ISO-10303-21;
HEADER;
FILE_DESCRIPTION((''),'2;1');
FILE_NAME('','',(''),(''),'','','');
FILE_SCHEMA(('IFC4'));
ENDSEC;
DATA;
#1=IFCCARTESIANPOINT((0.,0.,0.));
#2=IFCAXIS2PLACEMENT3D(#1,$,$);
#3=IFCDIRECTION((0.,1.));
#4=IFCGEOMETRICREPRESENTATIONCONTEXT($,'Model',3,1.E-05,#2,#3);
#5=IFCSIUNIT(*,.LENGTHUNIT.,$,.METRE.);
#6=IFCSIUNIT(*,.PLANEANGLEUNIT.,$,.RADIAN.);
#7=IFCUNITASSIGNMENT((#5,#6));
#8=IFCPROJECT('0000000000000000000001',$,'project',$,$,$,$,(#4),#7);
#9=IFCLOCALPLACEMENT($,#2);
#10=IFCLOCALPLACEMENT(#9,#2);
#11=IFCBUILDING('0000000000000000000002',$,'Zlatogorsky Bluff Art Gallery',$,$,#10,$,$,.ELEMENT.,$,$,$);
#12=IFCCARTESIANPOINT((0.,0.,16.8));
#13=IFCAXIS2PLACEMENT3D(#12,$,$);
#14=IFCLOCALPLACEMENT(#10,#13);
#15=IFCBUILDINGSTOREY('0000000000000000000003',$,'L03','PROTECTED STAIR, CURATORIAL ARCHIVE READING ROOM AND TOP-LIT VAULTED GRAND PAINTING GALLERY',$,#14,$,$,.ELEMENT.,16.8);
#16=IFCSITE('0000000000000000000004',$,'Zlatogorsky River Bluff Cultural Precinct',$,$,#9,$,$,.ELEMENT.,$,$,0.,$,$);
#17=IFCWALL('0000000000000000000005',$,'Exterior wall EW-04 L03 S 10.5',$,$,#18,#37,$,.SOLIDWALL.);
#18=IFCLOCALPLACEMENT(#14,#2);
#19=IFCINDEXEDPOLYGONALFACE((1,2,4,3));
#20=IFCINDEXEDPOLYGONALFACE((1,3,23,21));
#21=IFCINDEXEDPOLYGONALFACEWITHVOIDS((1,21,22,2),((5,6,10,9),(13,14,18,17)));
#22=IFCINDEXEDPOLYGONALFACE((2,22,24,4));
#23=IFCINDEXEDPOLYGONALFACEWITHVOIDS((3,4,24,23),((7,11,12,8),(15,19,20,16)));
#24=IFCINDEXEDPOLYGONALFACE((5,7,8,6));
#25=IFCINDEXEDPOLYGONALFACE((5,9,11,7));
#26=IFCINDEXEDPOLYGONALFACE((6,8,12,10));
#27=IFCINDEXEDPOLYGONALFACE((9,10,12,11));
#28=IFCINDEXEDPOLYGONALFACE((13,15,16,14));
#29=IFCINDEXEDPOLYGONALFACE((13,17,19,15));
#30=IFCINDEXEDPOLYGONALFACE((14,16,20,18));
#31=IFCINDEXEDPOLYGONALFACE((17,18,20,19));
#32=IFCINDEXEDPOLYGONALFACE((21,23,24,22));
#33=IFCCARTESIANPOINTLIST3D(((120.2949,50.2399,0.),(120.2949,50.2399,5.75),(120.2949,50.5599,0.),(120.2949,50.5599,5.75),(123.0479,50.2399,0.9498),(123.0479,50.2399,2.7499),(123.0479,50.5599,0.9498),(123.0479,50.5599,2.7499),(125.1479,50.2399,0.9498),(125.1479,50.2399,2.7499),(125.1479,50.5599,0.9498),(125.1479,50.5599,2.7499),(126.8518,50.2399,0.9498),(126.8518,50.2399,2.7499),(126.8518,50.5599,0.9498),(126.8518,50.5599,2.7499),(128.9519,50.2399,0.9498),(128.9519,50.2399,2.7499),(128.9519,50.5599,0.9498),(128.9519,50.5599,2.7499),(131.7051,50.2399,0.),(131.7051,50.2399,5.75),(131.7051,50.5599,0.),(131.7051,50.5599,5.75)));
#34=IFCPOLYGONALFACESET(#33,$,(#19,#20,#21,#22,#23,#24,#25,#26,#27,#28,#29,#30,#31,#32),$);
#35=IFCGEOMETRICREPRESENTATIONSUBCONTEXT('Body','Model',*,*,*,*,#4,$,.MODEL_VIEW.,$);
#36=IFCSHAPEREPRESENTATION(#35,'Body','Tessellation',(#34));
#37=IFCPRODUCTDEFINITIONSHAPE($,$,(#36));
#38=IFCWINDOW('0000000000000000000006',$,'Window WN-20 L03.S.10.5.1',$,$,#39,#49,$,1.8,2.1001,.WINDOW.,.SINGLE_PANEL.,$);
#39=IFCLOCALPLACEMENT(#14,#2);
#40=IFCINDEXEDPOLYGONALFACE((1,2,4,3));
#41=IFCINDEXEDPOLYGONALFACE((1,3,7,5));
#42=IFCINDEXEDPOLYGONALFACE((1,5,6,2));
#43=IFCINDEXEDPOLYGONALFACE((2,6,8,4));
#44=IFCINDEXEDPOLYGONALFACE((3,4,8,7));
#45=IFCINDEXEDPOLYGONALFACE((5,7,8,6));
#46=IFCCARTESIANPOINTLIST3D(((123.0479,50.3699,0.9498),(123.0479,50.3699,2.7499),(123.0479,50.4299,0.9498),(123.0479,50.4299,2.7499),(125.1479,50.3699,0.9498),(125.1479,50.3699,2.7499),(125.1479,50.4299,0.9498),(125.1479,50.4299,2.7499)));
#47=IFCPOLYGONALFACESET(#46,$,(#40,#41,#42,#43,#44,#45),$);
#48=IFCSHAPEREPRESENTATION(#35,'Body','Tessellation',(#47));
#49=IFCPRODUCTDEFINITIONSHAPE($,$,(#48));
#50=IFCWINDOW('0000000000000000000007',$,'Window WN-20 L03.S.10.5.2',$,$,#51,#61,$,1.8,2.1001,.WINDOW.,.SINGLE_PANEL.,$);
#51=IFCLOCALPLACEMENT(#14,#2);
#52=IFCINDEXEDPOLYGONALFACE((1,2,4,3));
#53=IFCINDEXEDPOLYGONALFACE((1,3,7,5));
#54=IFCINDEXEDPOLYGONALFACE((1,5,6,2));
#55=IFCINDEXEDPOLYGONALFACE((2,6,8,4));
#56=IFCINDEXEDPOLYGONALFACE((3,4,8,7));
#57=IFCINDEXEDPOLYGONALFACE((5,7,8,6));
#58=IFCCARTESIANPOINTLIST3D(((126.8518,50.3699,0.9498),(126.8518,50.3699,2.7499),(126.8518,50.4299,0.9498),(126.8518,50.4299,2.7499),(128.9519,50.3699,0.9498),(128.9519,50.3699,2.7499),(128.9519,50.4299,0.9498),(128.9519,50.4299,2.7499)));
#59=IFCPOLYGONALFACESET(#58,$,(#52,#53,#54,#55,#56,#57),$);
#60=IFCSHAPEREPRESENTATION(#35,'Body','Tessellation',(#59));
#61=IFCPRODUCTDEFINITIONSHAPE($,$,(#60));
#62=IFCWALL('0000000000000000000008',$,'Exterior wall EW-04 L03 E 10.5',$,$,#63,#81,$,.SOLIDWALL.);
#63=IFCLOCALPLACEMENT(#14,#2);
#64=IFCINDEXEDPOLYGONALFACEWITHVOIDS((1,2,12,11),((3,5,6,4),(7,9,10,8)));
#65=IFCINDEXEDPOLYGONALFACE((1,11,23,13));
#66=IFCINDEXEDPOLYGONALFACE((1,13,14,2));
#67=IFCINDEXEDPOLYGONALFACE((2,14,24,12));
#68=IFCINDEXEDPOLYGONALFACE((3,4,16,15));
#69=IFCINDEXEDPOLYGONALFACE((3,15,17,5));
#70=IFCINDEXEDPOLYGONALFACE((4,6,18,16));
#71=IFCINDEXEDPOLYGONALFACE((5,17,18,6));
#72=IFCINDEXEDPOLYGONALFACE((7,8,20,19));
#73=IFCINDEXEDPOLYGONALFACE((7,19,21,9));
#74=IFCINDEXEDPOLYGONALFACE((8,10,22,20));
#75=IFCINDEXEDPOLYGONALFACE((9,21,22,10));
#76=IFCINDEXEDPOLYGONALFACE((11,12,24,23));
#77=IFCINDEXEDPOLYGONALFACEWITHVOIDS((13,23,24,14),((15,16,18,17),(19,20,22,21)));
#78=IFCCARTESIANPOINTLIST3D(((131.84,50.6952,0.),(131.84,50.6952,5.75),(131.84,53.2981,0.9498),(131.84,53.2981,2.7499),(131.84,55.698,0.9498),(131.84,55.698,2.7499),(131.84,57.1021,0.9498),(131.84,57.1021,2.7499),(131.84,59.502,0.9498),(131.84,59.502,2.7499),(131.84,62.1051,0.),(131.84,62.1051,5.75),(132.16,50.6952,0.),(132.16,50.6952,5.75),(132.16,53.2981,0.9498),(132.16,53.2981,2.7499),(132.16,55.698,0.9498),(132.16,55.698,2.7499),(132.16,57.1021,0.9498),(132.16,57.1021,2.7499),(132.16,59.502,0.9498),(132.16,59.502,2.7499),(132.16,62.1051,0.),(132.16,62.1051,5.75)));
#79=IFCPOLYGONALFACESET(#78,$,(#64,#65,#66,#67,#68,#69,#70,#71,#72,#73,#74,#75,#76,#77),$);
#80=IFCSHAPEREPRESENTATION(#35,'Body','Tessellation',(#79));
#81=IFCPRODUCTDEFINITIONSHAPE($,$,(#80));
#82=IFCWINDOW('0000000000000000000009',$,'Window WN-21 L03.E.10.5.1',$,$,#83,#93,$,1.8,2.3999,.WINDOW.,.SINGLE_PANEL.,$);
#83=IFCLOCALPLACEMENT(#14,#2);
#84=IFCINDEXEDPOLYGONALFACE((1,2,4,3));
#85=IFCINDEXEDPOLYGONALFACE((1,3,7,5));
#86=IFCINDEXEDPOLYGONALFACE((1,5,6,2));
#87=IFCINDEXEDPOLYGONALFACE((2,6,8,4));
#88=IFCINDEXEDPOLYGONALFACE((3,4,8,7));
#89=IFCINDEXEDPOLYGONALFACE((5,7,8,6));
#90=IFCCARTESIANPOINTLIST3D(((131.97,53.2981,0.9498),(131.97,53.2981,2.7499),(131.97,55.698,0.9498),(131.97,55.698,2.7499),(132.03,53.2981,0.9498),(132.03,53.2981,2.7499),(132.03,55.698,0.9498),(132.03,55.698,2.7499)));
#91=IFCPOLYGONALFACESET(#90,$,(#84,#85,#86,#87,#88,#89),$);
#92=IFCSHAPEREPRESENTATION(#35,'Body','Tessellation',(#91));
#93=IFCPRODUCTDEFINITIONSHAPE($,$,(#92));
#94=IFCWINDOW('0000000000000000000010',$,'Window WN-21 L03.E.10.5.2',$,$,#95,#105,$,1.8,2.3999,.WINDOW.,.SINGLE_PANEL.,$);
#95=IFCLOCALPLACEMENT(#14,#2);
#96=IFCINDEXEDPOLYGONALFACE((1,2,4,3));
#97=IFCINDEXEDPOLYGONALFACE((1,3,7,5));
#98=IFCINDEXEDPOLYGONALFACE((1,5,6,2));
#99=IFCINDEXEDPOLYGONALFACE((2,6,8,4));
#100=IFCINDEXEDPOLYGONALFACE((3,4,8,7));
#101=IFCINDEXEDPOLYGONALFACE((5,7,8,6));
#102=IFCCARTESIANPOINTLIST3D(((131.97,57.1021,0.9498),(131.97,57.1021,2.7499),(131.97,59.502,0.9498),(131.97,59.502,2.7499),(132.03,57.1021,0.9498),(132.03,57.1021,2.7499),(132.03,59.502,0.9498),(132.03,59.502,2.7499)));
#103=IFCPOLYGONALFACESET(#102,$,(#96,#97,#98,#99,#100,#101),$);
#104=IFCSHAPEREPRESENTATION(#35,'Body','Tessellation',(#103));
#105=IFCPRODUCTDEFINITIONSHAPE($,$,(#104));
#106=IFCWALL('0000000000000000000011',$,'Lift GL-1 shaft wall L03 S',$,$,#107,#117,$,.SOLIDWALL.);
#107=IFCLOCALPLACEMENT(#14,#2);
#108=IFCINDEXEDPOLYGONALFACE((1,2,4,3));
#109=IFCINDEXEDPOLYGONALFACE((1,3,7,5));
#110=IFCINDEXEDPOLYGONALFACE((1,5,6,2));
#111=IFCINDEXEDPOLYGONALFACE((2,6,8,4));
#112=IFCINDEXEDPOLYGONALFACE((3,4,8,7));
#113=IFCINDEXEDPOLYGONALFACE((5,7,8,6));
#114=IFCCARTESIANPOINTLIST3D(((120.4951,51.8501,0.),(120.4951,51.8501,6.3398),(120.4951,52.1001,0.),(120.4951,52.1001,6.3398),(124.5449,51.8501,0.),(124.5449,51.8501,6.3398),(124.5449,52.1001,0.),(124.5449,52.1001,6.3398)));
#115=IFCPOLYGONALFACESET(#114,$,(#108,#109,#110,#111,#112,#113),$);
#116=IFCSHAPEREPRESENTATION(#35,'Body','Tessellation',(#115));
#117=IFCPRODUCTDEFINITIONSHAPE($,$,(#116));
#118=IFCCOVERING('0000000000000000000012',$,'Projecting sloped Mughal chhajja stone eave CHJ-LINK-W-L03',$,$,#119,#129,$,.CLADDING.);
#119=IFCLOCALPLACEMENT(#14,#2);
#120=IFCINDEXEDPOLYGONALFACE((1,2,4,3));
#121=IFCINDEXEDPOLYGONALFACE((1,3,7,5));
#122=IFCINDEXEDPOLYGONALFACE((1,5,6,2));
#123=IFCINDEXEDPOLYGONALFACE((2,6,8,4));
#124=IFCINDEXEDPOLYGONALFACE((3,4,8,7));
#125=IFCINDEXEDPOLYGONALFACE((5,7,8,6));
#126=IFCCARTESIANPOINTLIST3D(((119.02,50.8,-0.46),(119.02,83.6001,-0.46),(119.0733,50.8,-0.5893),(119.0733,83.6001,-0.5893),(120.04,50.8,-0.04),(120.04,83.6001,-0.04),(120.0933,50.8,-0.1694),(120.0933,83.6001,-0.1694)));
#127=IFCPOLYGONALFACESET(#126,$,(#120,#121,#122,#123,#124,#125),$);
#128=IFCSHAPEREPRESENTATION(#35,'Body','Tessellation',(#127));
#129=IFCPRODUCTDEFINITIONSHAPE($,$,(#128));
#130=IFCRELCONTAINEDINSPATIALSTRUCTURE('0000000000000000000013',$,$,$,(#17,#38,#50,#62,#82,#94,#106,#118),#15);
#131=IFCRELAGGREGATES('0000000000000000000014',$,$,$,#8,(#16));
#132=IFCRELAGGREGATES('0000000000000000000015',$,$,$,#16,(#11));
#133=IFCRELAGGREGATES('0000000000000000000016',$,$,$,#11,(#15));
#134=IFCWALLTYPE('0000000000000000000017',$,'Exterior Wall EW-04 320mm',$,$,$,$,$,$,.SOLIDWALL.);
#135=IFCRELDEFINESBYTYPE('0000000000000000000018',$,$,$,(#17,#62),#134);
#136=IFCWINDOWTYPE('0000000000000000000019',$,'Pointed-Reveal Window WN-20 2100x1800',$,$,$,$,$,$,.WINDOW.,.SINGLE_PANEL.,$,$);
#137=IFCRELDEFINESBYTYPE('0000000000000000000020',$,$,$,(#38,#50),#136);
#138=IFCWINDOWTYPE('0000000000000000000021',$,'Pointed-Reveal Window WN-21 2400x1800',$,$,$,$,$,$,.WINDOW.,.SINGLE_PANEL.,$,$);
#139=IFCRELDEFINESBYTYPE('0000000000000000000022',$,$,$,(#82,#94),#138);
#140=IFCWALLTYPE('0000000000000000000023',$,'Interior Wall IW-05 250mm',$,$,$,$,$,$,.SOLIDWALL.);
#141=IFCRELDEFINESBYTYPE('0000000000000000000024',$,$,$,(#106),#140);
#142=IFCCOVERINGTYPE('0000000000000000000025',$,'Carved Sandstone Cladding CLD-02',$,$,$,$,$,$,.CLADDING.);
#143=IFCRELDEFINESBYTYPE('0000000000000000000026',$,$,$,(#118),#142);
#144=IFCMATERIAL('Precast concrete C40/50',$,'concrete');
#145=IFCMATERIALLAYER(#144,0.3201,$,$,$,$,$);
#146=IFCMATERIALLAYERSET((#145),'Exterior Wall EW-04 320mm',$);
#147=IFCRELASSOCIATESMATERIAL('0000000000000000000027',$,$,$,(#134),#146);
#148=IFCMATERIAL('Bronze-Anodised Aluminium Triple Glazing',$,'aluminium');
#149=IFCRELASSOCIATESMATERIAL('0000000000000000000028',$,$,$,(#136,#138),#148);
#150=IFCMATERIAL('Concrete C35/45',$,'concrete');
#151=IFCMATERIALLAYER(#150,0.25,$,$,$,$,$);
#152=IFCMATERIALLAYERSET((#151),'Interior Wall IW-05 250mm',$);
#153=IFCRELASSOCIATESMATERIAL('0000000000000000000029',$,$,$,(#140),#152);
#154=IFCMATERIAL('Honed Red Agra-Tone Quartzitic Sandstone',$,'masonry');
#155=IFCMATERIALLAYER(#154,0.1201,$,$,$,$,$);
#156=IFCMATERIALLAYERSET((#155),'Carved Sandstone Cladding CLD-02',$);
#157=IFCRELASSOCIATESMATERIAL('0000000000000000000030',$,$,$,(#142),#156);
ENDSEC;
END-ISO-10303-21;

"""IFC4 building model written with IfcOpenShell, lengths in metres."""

from ifc_helpers import new_model, si_unit, direction, frame, frame_2d, origin, place, context, subcontext, project, spatial, polyline, rectangle, outline, extrude, material, layer, layer_set, type_object, element, fill, save


model = new_model("IFC4")

# Units and contexts
model_context = context("Model", 3, precision=1e-05, world=origin(), true_north=direction((0.0, 1.0)))
body_context = subcontext(model_context, "Body", "Model", "MODEL_VIEW")
ifc_project = project(units=[si_unit("LENGTHUNIT", "METRE"), si_unit("PLANEANGLEUNIT", "RADIAN")], contexts=[model_context])

# Site, building, storey
site_placement = place(None, origin())
site = spatial("IfcSite", under=ifc_project, at=site_placement, Name="Zlatogorsky River Bluff Cultural Precinct", CompositionType="ELEMENT", RefElevation=0.0)
building_placement = place(site_placement, origin())
building = spatial("IfcBuilding", under=site, at=building_placement, Name="Zlatogorsky Bluff Art Gallery", CompositionType="ELEMENT")
storey_placement = place(building_placement, frame((0.0, 0.0, 16.8)))
storey = spatial("IfcBuildingStorey", under=building, at=storey_placement, Name="L03", Description="PROTECTED STAIR, CURATORIAL ARCHIVE READING ROOM AND TOP-LIT VAULTED GRAND PAINTING GALLERY", CompositionType="ELEMENT", Elevation=16.8)

# Shared definitions
ifc_material_1 = material(Name="Concrete C35/45", Category="concrete")

# Walls, openings, windows
ifc_material_2 = material(Name="Precast concrete C40/50", Category="concrete")
ifc_layer_1 = layer(ifc_material_2, 0.3201)
ifc_layer_set_1 = layer_set([ifc_layer_1], Name="Exterior Wall EW-04 320mm")
wall_type_1 = type_object("IfcWallType", Name="Exterior Wall EW-04 320mm", PredefinedType="SOLIDWALL", material=ifc_layer_set_1)
wall_1_placement = place(storey_placement, frame((120.2949, 50.3999, 0.0), z_axis=(0.0, 0.0, 1.0), x_axis=(1.0, 0.0, 0.0)))
wall_1 = element("IfcWall", 1, at=wall_1_placement, inside=storey, type_object=wall_type_1, Name="Exterior wall EW-04 L03 S 10.5", PredefinedType="SOLIDWALL", context=body_context, shape_type="SweptSolid", body=[
    extrude(rectangle(XDim=11.4102, YDim=0.3201, at=frame_2d((5.7051, 0.0))), origin(), (0.0, 0.0, 1.0), 5.75),
])
opening_1_placement = place(wall_1_placement, frame((2.7529, 0.0, 0.95)))
opening_1 = element("IfcOpeningElement", 2, at=opening_1_placement, cuts=wall_1, PredefinedType="OPENING", context=body_context, shape_type="SweptSolid", body=[
    extrude(rectangle(XDim=2.1001, YDim=1.8, at=frame_2d((1.05, 0.8999))), frame((0.0, 0.1699, 0.0), z_axis=(0.0, -1.0, 0.0), x_axis=(1.0, 0.0, 0.0)), (0.0, 0.0, 1.0), 0.3401),
])
opening_2_placement = place(wall_1_placement, frame((6.5569, 0.0, 0.95)))
opening_2 = element("IfcOpeningElement", 3, at=opening_2_placement, cuts=wall_1, PredefinedType="OPENING", context=body_context, shape_type="SweptSolid", body=[
    extrude(rectangle(XDim=2.1001, YDim=1.8, at=frame_2d((1.05, 0.8999))), frame((0.0, 0.1699, 0.0), z_axis=(0.0, -1.0, 0.0), x_axis=(1.0, 0.0, 0.0)), (0.0, 0.0, 1.0), 0.3401),
])
ifc_material_3 = material(Name="Bronze-Anodised Aluminium Triple Glazing", Category="aluminium")
window_type_1 = type_object("IfcWindowType", Name="Pointed-Reveal Window WN-20 2100x1800", PartitioningType="SINGLE_PANEL", PredefinedType="WINDOW", material=ifc_material_3)
window_1_placement = place(opening_1_placement, origin())
window_1 = element("IfcWindow", 4, at=window_1_placement, inside=storey, type_object=window_type_1, Name="Window WN-20 L03.S.10.5.1", OverallHeight=1.8, OverallWidth=2.1001, PartitioningType="SINGLE_PANEL", PredefinedType="WINDOW", context=body_context, shape_type="SweptSolid", body=[
    extrude(rectangle(XDim=2.1001, YDim=1.8, at=frame_2d((1.05, 0.8999))), frame((0.0, 0.03, 0.0), z_axis=(0.0, -1.0, 0.0), x_axis=(1.0, 0.0, 0.0)), (0.0, 0.0, 1.0), 0.0601),
])
fill(opening_1, window_1)
window_2_placement = place(opening_2_placement, origin())
window_2 = element("IfcWindow", 5, at=window_2_placement, inside=storey, type_object=window_type_1, Name="Window WN-20 L03.S.10.5.2", OverallHeight=1.8, OverallWidth=2.1001, PartitioningType="SINGLE_PANEL", PredefinedType="WINDOW", context=body_context, shape_type="SweptSolid", body=[
    extrude(rectangle(XDim=2.1001, YDim=1.8, at=frame_2d((1.05, 0.8999))), frame((0.0, 0.03, 0.0), z_axis=(0.0, -1.0, 0.0), x_axis=(1.0, 0.0, 0.0)), (0.0, 0.0, 1.0), 0.0601),
])
fill(opening_2, window_2)
wall_2_placement = place(storey_placement, frame((132.0, 50.6951, 0.0), z_axis=(0.0, 0.0, 1.0), x_axis=(0.0, 1.0, 0.0)))
wall_2 = element("IfcWall", 6, at=wall_2_placement, inside=storey, type_object=wall_type_1, Name="Exterior wall EW-04 L03 E 10.5", PredefinedType="SOLIDWALL", context=body_context, shape_type="SweptSolid", body=[
    extrude(rectangle(XDim=11.4099, YDim=0.3201, at=frame_2d((5.7051, 0.0))), origin(), (0.0, 0.0, 1.0), 5.75),
])
opening_3_placement = place(wall_2_placement, frame((2.603, 0.0, 0.95)))
opening_3 = element("IfcOpeningElement", 7, at=opening_3_placement, cuts=wall_2, PredefinedType="OPENING", context=body_context, shape_type="SweptSolid", body=[
    extrude(rectangle(XDim=2.3999, YDim=1.8, at=frame_2d((1.2, 0.8999))), frame((0.0, 0.1699, 0.0), z_axis=(0.0, -1.0, 0.0), x_axis=(1.0, 0.0, 0.0)), (0.0, 0.0, 1.0), 0.3401),
])
opening_4_placement = place(wall_2_placement, frame((6.407, 0.0, 0.95)))
opening_4 = element("IfcOpeningElement", 8, at=opening_4_placement, cuts=wall_2, PredefinedType="OPENING", context=body_context, shape_type="SweptSolid", body=[
    extrude(rectangle(XDim=2.3999, YDim=1.8, at=frame_2d((1.2, 0.8999))), frame((0.0, 0.1699, 0.0), z_axis=(0.0, -1.0, 0.0), x_axis=(1.0, 0.0, 0.0)), (0.0, 0.0, 1.0), 0.3401),
])
window_type_2 = type_object("IfcWindowType", Name="Pointed-Reveal Window WN-21 2400x1800", PartitioningType="SINGLE_PANEL", PredefinedType="WINDOW", material=ifc_material_3)
window_3_placement = place(opening_3_placement, origin())
window_3 = element("IfcWindow", 9, at=window_3_placement, inside=storey, type_object=window_type_2, Name="Window WN-21 L03.E.10.5.1", OverallHeight=1.8, OverallWidth=2.3999, PartitioningType="SINGLE_PANEL", PredefinedType="WINDOW", context=body_context, shape_type="SweptSolid", body=[
    extrude(rectangle(XDim=2.3999, YDim=1.8, at=frame_2d((1.2, 0.8999))), frame((0.0, 0.03, 0.0), z_axis=(0.0, -1.0, 0.0), x_axis=(1.0, 0.0, 0.0)), (0.0, 0.0, 1.0), 0.0601),
])
fill(opening_3, window_3)
window_4_placement = place(opening_4_placement, origin())
window_4 = element("IfcWindow", 10, at=window_4_placement, inside=storey, type_object=window_type_2, Name="Window WN-21 L03.E.10.5.2", OverallHeight=1.8, OverallWidth=2.3999, PartitioningType="SINGLE_PANEL", PredefinedType="WINDOW", context=body_context, shape_type="SweptSolid", body=[
    extrude(rectangle(XDim=2.3999, YDim=1.8, at=frame_2d((1.2, 0.8999))), frame((0.0, 0.03, 0.0), z_axis=(0.0, -1.0, 0.0), x_axis=(1.0, 0.0, 0.0)), (0.0, 0.0, 1.0), 0.0601),
])
fill(opening_4, window_4)

# Wall
ifc_layer_2 = layer(ifc_material_1, 0.25)
ifc_layer_set_2 = layer_set([ifc_layer_2], Name="Interior Wall IW-05 250mm")
wall_type_2 = type_object("IfcWallType", Name="Interior Wall IW-05 250mm", PredefinedType="SOLIDWALL", material=ifc_layer_set_2)
wall_3_placement = place(storey_placement, frame((120.4951, 51.9751, 0.0), z_axis=(0.0, 0.0, 1.0), x_axis=(1.0, 0.0, 0.0)))
element("IfcWall", 11, at=wall_3_placement, inside=storey, type_object=wall_type_2, Name="Lift GL-1 shaft wall L03 S", PredefinedType="SOLIDWALL", context=body_context, shape_type="SweptSolid", body=[
    extrude(rectangle(XDim=4.0498, YDim=0.25, at=frame_2d((2.0249, 0.0))), origin(), (0.0, 0.0, 1.0), 6.3398),
])

# Covering
ifc_material_4 = material(Name="Honed Red Agra-Tone Quartzitic Sandstone", Category="masonry")
ifc_layer_3 = layer(ifc_material_4, 0.1201)
ifc_layer_set_3 = layer_set([ifc_layer_3], Name="Carved Sandstone Cladding CLD-02")
covering_type = type_object("IfcCoveringType", Name="Carved Sandstone Cladding CLD-02", PredefinedType="CLADDING", material=ifc_layer_set_3)
covering_placement = place(storey_placement, frame((120.04, 50.8, -0.04), z_axis=(-0.380683, 0.0, 0.924706), x_axis=(0.0, 1.0, 0.0)))
element("IfcCovering", 12, at=covering_placement, inside=storey, type_object=covering_type, Name="Projecting sloped Mughal chhajja stone eave CHJ-LINK-W-L03", PredefinedType="CLADDING", context=body_context, shape_type="SweptSolid", body=[
    extrude(outline(polyline([(0.0, 0.0), (32.8, 0.0), (32.8, 1.1031), (0.0, 1.1031), (0.0, 0.0)])), origin(), (0.0, 0.0, -1.0), 0.1399),
])

save(model, "model.ifc")
